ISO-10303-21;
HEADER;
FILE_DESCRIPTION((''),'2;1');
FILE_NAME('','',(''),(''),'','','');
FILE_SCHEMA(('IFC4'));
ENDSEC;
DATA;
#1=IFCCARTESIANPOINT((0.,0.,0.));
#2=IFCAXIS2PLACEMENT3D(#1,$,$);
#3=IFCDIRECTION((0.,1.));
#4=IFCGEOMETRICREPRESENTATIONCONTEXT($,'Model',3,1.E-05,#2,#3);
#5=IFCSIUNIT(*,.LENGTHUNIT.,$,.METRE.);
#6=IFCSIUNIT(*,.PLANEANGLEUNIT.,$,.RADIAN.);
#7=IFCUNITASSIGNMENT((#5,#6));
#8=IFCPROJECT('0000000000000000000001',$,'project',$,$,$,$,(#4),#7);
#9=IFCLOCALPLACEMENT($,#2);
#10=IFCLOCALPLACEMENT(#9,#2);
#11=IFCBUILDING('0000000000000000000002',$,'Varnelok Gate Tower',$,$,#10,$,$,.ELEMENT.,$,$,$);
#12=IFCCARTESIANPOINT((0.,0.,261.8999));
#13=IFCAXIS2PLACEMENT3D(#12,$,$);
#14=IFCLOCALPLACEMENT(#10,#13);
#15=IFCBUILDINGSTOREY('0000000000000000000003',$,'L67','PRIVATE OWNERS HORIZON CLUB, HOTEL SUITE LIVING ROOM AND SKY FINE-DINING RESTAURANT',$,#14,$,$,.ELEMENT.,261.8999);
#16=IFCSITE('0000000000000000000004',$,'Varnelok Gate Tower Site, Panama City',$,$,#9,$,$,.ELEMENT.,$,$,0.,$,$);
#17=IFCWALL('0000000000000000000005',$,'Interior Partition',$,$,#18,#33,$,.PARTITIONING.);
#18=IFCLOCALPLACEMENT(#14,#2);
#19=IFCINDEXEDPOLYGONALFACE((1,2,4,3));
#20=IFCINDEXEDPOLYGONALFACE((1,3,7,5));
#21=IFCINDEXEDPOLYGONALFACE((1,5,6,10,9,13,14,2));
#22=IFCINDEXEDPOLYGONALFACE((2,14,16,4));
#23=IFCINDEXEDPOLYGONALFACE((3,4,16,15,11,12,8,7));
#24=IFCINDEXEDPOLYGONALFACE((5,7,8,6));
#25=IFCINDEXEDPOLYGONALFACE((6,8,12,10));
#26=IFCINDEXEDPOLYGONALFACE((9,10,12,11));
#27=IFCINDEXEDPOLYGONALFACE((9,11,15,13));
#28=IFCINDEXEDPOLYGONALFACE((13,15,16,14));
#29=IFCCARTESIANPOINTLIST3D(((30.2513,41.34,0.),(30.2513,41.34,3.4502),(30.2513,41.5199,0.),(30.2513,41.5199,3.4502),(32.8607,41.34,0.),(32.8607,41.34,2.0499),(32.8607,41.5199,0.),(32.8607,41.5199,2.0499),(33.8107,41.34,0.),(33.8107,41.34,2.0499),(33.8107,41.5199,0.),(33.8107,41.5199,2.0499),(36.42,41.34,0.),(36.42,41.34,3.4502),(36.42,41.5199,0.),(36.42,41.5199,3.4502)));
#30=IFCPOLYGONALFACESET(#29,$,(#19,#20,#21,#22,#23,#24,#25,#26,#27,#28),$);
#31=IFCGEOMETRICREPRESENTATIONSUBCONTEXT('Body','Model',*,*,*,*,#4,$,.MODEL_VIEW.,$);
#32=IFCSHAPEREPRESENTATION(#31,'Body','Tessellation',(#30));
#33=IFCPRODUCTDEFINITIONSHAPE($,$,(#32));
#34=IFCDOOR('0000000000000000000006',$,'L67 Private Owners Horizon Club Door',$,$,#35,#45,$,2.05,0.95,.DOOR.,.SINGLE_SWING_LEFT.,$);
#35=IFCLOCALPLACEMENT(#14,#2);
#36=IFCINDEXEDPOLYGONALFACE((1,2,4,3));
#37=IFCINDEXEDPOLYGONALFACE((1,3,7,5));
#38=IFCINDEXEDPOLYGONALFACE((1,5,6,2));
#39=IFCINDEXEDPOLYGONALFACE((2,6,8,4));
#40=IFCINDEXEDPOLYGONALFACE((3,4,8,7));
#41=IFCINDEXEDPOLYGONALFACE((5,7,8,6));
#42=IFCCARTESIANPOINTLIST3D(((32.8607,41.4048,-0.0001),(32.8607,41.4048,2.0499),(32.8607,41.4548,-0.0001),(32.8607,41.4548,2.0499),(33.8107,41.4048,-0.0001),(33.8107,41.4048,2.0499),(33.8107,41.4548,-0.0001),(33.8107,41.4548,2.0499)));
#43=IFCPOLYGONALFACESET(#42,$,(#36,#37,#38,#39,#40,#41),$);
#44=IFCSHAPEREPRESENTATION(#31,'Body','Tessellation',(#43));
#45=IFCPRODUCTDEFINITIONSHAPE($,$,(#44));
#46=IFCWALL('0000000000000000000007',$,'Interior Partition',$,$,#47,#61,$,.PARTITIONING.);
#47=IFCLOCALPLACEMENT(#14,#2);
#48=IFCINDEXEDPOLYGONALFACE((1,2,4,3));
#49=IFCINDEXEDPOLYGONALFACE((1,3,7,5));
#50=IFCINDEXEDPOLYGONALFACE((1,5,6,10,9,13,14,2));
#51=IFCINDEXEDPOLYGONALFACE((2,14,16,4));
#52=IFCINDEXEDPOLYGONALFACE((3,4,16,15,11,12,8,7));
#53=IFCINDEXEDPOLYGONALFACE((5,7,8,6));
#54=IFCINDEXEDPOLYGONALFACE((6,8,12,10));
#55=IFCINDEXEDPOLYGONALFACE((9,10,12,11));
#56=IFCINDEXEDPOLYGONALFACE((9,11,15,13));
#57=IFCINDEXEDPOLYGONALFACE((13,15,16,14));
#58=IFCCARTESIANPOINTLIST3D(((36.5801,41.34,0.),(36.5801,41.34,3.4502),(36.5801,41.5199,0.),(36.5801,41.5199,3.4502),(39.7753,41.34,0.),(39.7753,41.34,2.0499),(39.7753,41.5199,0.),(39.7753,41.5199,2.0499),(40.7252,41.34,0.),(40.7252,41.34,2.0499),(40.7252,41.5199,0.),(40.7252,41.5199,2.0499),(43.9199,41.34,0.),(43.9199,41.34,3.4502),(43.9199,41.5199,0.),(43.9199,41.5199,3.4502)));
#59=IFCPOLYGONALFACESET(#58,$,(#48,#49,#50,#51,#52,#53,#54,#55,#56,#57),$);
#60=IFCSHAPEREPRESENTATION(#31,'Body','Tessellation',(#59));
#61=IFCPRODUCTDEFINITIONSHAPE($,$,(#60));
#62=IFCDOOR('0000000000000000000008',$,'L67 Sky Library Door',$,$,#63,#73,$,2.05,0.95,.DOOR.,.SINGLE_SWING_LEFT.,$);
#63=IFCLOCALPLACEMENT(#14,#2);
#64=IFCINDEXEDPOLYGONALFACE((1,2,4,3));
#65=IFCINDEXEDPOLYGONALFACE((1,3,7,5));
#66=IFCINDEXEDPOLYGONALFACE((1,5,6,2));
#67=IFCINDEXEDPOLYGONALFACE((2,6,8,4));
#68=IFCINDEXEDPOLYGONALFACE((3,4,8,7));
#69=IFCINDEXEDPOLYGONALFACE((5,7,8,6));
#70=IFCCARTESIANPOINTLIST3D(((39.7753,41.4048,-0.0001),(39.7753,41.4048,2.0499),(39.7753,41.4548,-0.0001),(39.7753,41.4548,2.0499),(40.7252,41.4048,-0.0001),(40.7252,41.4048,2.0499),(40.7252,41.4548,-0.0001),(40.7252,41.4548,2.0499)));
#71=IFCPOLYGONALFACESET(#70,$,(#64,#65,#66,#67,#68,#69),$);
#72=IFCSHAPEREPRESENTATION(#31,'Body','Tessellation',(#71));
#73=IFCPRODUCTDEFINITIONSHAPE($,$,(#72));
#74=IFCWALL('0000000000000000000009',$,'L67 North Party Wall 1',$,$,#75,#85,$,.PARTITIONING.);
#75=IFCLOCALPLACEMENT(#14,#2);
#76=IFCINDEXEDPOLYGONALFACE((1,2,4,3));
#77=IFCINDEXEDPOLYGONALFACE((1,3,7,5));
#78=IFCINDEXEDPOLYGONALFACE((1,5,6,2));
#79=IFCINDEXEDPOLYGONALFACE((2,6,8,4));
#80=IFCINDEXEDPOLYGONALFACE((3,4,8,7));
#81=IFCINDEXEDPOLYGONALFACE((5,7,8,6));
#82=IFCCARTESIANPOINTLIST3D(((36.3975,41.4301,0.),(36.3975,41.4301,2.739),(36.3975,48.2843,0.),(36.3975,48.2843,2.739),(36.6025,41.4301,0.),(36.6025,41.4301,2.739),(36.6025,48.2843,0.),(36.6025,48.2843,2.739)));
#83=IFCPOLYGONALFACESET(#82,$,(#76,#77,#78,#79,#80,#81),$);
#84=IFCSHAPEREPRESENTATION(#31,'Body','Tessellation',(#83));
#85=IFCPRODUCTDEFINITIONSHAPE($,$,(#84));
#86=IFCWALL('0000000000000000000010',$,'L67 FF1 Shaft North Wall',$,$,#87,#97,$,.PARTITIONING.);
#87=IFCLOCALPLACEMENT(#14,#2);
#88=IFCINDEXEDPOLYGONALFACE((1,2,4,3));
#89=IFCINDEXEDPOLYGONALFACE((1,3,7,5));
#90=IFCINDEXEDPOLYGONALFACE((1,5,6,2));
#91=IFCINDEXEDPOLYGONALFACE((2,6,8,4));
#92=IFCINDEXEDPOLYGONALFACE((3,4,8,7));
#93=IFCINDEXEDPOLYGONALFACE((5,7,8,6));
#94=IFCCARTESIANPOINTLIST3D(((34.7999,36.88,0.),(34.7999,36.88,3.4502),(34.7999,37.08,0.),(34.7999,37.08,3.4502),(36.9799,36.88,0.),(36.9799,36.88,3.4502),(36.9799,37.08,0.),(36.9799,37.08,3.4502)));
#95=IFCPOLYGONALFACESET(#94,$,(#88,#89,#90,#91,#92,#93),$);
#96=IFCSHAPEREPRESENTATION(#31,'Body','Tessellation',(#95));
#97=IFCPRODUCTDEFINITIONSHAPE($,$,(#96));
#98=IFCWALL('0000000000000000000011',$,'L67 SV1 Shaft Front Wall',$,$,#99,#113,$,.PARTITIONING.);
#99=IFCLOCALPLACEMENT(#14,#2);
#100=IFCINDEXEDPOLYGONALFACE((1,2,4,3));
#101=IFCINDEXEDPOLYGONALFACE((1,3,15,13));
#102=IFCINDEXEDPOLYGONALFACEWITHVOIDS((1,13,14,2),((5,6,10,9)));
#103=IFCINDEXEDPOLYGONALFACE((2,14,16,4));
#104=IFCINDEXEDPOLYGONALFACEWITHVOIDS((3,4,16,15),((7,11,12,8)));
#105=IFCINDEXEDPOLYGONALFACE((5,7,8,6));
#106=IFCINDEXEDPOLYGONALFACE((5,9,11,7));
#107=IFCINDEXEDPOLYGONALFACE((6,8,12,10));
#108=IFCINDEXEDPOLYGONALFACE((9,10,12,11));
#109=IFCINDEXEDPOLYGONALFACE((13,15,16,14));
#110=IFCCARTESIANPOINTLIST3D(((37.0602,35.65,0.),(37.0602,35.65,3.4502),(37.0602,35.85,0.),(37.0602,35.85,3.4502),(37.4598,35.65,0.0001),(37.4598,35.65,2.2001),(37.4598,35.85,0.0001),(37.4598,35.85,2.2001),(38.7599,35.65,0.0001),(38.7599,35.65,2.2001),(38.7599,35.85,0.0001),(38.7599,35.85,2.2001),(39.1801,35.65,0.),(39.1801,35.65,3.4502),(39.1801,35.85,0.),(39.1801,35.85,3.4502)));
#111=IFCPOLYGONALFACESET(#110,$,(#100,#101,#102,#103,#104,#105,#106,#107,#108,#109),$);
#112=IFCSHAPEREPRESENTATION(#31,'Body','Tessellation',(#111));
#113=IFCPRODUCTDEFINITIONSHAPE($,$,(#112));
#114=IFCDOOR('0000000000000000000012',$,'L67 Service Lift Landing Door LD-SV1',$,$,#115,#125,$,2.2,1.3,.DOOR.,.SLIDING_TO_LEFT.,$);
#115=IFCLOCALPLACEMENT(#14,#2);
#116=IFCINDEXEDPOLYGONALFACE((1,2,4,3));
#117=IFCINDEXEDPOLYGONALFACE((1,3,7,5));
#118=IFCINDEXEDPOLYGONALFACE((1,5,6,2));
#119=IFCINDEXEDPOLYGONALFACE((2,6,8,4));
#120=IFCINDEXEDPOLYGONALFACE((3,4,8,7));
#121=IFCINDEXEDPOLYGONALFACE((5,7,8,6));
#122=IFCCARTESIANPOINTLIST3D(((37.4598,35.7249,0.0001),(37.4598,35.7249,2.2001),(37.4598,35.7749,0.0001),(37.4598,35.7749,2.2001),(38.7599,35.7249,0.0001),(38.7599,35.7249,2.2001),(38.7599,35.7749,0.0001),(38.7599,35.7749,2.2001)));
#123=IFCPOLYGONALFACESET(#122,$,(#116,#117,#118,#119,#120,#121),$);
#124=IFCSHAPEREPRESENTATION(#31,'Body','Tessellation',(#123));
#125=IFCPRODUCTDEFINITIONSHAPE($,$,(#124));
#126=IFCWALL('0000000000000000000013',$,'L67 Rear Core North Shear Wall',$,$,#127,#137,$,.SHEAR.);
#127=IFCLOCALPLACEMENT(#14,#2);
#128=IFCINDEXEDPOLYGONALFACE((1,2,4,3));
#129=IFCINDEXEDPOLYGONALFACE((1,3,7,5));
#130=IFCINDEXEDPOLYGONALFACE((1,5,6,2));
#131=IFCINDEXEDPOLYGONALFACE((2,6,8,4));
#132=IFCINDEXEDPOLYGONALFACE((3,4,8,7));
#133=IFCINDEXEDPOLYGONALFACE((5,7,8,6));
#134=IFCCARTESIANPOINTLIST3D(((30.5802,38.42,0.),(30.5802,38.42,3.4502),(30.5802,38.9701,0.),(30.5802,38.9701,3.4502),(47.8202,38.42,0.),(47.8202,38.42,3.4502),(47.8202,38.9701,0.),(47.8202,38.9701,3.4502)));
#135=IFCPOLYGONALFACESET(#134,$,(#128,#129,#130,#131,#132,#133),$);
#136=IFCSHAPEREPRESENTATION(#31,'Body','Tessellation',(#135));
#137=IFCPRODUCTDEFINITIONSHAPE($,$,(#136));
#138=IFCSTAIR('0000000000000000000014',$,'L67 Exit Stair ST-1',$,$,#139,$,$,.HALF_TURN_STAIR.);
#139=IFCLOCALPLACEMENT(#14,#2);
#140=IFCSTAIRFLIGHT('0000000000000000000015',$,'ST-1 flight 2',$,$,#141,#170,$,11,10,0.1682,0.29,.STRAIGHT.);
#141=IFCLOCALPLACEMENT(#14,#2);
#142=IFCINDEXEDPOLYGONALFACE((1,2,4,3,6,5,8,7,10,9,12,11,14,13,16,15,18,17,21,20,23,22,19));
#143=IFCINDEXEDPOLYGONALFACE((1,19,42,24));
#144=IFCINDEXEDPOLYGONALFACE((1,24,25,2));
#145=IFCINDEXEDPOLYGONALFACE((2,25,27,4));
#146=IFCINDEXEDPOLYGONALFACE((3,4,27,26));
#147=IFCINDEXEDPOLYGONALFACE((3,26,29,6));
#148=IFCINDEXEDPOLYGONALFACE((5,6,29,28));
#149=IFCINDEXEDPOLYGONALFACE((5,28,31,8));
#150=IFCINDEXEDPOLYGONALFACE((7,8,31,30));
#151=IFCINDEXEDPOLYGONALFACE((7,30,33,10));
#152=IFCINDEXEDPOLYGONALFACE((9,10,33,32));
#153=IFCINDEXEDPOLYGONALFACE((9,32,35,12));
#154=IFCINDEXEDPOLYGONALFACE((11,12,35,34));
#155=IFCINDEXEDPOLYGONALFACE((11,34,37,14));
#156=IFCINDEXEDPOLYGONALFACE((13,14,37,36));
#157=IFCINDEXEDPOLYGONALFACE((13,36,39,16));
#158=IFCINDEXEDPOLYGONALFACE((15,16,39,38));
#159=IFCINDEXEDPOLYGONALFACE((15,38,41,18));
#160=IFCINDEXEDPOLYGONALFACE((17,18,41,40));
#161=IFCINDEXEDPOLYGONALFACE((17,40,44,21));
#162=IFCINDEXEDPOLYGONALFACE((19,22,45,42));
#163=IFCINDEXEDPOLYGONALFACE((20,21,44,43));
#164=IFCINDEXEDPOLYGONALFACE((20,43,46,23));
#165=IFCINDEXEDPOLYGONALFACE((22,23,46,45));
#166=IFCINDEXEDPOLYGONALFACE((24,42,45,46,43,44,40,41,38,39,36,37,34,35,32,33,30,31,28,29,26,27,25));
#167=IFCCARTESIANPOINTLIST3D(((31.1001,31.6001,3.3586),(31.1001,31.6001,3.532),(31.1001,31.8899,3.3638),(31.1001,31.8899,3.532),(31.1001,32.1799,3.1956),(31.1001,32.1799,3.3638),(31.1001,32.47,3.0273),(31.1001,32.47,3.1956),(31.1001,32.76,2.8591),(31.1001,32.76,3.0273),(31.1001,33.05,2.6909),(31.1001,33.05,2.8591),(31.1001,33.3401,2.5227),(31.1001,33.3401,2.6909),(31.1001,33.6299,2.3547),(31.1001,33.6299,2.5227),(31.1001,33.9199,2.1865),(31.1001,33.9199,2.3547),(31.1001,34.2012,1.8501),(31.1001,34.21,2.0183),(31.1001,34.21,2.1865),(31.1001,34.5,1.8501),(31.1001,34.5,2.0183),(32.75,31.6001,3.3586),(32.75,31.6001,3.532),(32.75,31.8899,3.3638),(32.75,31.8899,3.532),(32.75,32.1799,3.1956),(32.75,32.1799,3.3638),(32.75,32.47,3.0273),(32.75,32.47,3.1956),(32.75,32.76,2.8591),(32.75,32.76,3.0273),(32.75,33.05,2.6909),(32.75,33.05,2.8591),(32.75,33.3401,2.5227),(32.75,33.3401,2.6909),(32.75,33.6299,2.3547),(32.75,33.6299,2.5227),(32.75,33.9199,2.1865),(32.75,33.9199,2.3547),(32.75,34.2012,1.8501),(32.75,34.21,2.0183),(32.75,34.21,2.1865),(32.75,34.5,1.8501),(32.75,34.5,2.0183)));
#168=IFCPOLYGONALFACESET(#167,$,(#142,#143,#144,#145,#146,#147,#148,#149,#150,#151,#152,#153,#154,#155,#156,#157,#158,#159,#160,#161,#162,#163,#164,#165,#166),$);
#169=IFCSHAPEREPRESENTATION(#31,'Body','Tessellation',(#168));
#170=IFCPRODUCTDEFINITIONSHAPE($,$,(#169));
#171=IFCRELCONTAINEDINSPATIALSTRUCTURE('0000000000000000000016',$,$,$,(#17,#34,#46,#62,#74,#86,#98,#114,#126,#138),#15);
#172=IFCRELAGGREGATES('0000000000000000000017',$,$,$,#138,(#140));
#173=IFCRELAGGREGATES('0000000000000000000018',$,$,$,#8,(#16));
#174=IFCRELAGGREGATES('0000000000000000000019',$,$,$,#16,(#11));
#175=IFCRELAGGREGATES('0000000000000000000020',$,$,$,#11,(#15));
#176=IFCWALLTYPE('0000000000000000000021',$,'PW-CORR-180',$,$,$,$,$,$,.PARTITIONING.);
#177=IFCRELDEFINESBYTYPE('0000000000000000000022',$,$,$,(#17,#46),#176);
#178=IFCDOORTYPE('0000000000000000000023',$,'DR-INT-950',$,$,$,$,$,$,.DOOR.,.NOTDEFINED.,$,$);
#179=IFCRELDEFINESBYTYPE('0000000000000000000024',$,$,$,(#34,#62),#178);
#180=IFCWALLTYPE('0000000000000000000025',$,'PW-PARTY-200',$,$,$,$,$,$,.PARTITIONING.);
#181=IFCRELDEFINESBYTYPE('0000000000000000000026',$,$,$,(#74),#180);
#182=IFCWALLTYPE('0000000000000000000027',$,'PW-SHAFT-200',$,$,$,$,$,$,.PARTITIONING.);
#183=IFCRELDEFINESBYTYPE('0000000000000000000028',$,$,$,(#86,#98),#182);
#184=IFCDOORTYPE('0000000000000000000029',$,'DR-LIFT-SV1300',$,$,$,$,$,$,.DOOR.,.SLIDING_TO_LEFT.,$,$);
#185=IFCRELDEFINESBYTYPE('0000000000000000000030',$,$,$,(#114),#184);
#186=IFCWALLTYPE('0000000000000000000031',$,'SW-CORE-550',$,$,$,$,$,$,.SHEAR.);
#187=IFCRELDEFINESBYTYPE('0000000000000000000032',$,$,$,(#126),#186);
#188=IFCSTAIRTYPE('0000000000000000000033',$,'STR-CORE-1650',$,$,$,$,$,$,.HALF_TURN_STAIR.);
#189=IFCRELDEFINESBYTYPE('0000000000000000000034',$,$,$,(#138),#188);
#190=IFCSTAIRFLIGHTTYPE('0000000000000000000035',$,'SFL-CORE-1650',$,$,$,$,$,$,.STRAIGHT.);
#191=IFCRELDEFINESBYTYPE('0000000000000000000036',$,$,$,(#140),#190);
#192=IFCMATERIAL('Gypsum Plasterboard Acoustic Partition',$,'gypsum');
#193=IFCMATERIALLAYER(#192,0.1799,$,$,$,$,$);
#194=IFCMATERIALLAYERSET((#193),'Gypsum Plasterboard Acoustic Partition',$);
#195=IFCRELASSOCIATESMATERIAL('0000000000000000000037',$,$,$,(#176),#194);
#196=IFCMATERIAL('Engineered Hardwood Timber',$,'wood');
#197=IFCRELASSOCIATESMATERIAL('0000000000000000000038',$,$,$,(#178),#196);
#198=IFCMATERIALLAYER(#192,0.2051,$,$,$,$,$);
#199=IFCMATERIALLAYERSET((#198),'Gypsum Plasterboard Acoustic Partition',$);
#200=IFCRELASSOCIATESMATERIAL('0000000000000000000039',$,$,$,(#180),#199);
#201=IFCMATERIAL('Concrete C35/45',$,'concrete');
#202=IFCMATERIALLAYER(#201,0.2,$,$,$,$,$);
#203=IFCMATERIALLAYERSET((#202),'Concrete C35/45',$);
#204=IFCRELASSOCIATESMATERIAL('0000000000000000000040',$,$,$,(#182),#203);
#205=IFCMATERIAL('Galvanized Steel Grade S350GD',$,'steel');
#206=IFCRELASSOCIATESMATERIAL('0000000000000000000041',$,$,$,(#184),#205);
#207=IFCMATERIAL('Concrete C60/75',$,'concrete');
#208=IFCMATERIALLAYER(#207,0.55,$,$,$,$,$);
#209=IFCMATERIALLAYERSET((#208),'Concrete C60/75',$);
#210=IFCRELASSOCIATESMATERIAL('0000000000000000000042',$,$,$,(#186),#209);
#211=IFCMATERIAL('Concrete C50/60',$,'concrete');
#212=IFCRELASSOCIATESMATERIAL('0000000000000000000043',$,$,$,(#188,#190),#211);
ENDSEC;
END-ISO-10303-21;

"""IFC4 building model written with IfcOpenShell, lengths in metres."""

from ifc_helpers import new_model, si_unit, direction, frame, frame_2d, origin, place, context, subcontext, project, spatial, polyline, rectangle, outline, extrude, material, layer, layer_set, type_object, element, fill, aggregate, save


model = new_model("IFC4")

# Units and contexts
model_context = context("Model", 3, precision=1e-05, world=origin(), true_north=direction((0.0, 1.0)))
body_context = subcontext(model_context, "Body", "Model", "MODEL_VIEW")
ifc_project = project(units=[si_unit("LENGTHUNIT", "METRE"), si_unit("PLANEANGLEUNIT", "RADIAN")], contexts=[model_context])

# Site, building, storey
site_placement = place(None, origin())
site = spatial("IfcSite", under=ifc_project, at=site_placement, Name="Varnelok Gate Tower Site, Panama City", CompositionType="ELEMENT", RefElevation=0.0)
building_placement = place(site_placement, origin())
building = spatial("IfcBuilding", under=site, at=building_placement, Name="Varnelok Gate Tower", CompositionType="ELEMENT")
storey_placement = place(building_placement, frame((0.0, 0.0, 261.8999)))
storey = spatial("IfcBuildingStorey", under=building, at=storey_placement, Name="L67", Description="PRIVATE OWNERS HORIZON CLUB, HOTEL SUITE LIVING ROOM AND SKY FINE-DINING RESTAURANT", CompositionType="ELEMENT", Elevation=261.8999)

# Shared definitions
ifc_material_1 = material(Name="Concrete C50/60", Category="concrete")

# Walls, openings, doors
ifc_material_2 = material(Name="Gypsum Plasterboard Acoustic Partition", Category="gypsum")
ifc_layer_1 = layer(ifc_material_2, 0.1799)
ifc_layer_set_1 = layer_set([ifc_layer_1], Name="Gypsum Plasterboard Acoustic Partition")
wall_type_1 = type_object("IfcWallType", Name="PW-CORR-180", PredefinedType="PARTITIONING", material=ifc_layer_set_1)
wall_1_placement = place(storey_placement, frame((30.2512, 41.4299, 0.0), z_axis=(0.0, 0.0, 1.0), x_axis=(1.0, 0.0, 0.0)))
wall_1 = element("IfcWall", 1, at=wall_1_placement, inside=storey, type_object=wall_type_1, Name="Interior Partition", PredefinedType="PARTITIONING", context=body_context, shape_type="SweptSolid", body=[
    extrude(rectangle(XDim=6.1687, YDim=0.1799, at=frame_2d((3.0845, 0.0))), origin(), (0.0, 0.0, 1.0), 3.4502),
])
opening_1_placement = place(wall_1_placement, frame((2.6094, 0.0, 0.0)))
opening_1 = element("IfcOpeningElement", 2, at=opening_1_placement, cuts=wall_1, PredefinedType="OPENING", context=body_context, shape_type="SweptSolid", body=[
    extrude(rectangle(XDim=0.95, YDim=2.05, at=frame_2d((0.4751, 1.0249))), frame((0.0, 0.0999, 0.0), z_axis=(0.0, -1.0, 0.0), x_axis=(1.0, 0.0, 0.0)), (0.0, 0.0, 1.0), 0.2),
])
ifc_material_3 = material(Name="Engineered Hardwood Timber", Category="wood")
door_type_1 = type_object("IfcDoorType", Name="DR-INT-950", OperationType="NOTDEFINED", PredefinedType="DOOR", material=ifc_material_3)
door_1_placement = place(opening_1_placement, origin())
door_1 = element("IfcDoor", 3, at=door_1_placement, inside=storey, type_object=door_type_1, Name="L67 Private Owners Horizon Club Door", OperationType="SINGLE_SWING_LEFT", OverallHeight=2.05, OverallWidth=0.95, PredefinedType="DOOR", context=body_context, shape_type="SweptSolid", body=[
    extrude(rectangle(XDim=0.95, YDim=2.05, at=frame_2d((0.4751, 1.0249))), frame((0.0, 0.0249, 0.0), z_axis=(0.0, -1.0, 0.0), x_axis=(1.0, 0.0, 0.0)), (0.0, 0.0, 1.0), 0.05),
])
fill(opening_1, door_1)
wall_2_placement = place(storey_placement, frame((36.5801, 41.4299, 0.0), z_axis=(0.0, 0.0, 1.0), x_axis=(1.0, 0.0, 0.0)))
wall_2 = element("IfcWall", 4, at=wall_2_placement, inside=storey, type_object=wall_type_1, Name="Interior Partition", PredefinedType="PARTITIONING", context=body_context, shape_type="SweptSolid", body=[
    extrude(rectangle(XDim=7.3398, YDim=0.1799, at=frame_2d((3.6699, 0.0))), origin(), (0.0, 0.0, 1.0), 3.4502),
])
opening_2_placement = place(wall_2_placement, frame((3.1951, 0.0, 0.0)))
opening_2 = element("IfcOpeningElement", 5, at=opening_2_placement, cuts=wall_2, PredefinedType="OPENING", context=body_context, shape_type="SweptSolid", body=[
    extrude(rectangle(XDim=0.95, YDim=2.05, at=frame_2d((0.4751, 1.0249))), frame((0.0, 0.0999, 0.0), z_axis=(0.0, -1.0, 0.0), x_axis=(1.0, 0.0, 0.0)), (0.0, 0.0, 1.0), 0.2),
])
door_2_placement = place(opening_2_placement, origin())
door_2 = element("IfcDoor", 6, at=door_2_placement, inside=storey, type_object=door_type_1, Name="L67 Sky Library Door", OperationType="SINGLE_SWING_LEFT", OverallHeight=2.05, OverallWidth=0.95, PredefinedType="DOOR", context=body_context, shape_type="SweptSolid", body=[
    extrude(rectangle(XDim=0.95, YDim=2.05, at=frame_2d((0.4751, 1.0249))), frame((0.0, 0.0249, 0.0), z_axis=(0.0, -1.0, 0.0), x_axis=(1.0, 0.0, 0.0)), (0.0, 0.0, 1.0), 0.05),
])
fill(opening_2, door_2)

# Walls
ifc_layer_2 = layer(ifc_material_2, 0.2051)
ifc_layer_set_2 = layer_set([ifc_layer_2], Name="Gypsum Plasterboard Acoustic Partition")
wall_type_2 = type_object("IfcWallType", Name="PW-PARTY-200", PredefinedType="PARTITIONING", material=ifc_layer_set_2)
wall_3_placement = place(storey_placement, frame((36.5, 41.4299, 0.0), z_axis=(0.0, 0.0, 1.0), x_axis=(0.0, 1.0, 0.0)))
element("IfcWall", 7, at=wall_3_placement, inside=storey, type_object=wall_type_2, Name="L67 North Party Wall 1", PredefinedType="PARTITIONING", context=body_context, shape_type="SweptSolid", body=[
    extrude(rectangle(XDim=6.8542, YDim=0.2051, at=frame_2d((3.4272, 0.0))), origin(), (0.0, 0.0, 1.0), 2.739),
])
ifc_material_4 = material(Name="Concrete C35/45", Category="concrete")
ifc_layer_3 = layer(ifc_material_4, 0.2)
ifc_layer_set_3 = layer_set([ifc_layer_3], Name="Concrete C35/45")
wall_type_3 = type_object("IfcWallType", Name="PW-SHAFT-200", PredefinedType="PARTITIONING", material=ifc_layer_set_3)
wall_4_placement = place(storey_placement, frame((34.8, 36.98, 0.0), z_axis=(0.0, 0.0, 1.0), x_axis=(1.0, 0.0, 0.0)))
element("IfcWall", 8, at=wall_4_placement, inside=storey, type_object=wall_type_3, Name="L67 FF1 Shaft North Wall", PredefinedType="PARTITIONING", context=body_context, shape_type="SweptSolid", body=[
    extrude(rectangle(XDim=2.1799, YDim=0.2, at=frame_2d((1.0898, 0.0))), origin(), (0.0, 0.0, 1.0), 3.4502),
])

# Wall, opening, door
wall_5_placement = place(storey_placement, frame((37.0601, 35.75, 0.0), z_axis=(0.0, 0.0, 1.0), x_axis=(1.0, 0.0, 0.0)))
wall_5 = element("IfcWall", 9, at=wall_5_placement, inside=storey, type_object=wall_type_3, Name="L67 SV1 Shaft Front Wall", PredefinedType="PARTITIONING", context=body_context, shape_type="SweptSolid", body=[
    extrude(rectangle(XDim=2.1199, YDim=0.2, at=frame_2d((1.0601, 0.0))), origin(), (0.0, 0.0, 1.0), 3.4502),
])
opening_3_placement = place(wall_5_placement, frame((0.3999, 0.0, 0.0)))
opening_3 = element("IfcOpeningElement", 10, at=opening_3_placement, cuts=wall_5, PredefinedType="OPENING", context=body_context, shape_type="SweptSolid", body=[
    extrude(rectangle(XDim=1.3, YDim=2.2, at=frame_2d((0.6499, 1.1001))), frame((0.0, 0.1099, 0.0), z_axis=(0.0, -1.0, 0.0), x_axis=(1.0, 0.0, 0.0)), (0.0, 0.0, 1.0), 0.22),
])
ifc_material_5 = material(Name="Galvanized Steel Grade S350GD", Category="steel")
door_type_2 = type_object("IfcDoorType", Name="DR-LIFT-SV1300", OperationType="SLIDING_TO_LEFT", PredefinedType="DOOR", material=ifc_material_5)
door_3_placement = place(opening_3_placement, origin())
door_3 = element("IfcDoor", 11, at=door_3_placement, inside=storey, type_object=door_type_2, Name="L67 Service Lift Landing Door LD-SV1", OperationType="SLIDING_TO_LEFT", OverallHeight=2.2, OverallWidth=1.3, PredefinedType="DOOR", context=body_context, shape_type="SweptSolid", body=[
    extrude(rectangle(XDim=1.3, YDim=2.2, at=frame_2d((0.6499, 1.1001))), frame((0.0, 0.0249, 0.0), z_axis=(0.0, -1.0, 0.0), x_axis=(1.0, 0.0, 0.0)), (0.0, 0.0, 1.0), 0.05),
])
fill(opening_3, door_3)

# Wall
ifc_material_6 = material(Name="Concrete C60/75", Category="concrete")
ifc_layer_4 = layer(ifc_material_6, 0.55)
ifc_layer_set_4 = layer_set([ifc_layer_4], Name="Concrete C60/75")
wall_type_4 = type_object("IfcWallType", Name="SW-CORE-550", PredefinedType="SHEAR", material=ifc_layer_set_4)
wall_6_placement = place(storey_placement, frame((30.5801, 38.6951, 0.0), z_axis=(0.0, 0.0, 1.0), x_axis=(1.0, 0.0, 0.0)))
element("IfcWall", 12, at=wall_6_placement, inside=storey, type_object=wall_type_4, Name="L67 Rear Core North Shear Wall", PredefinedType="SHEAR", context=body_context, shape_type="SweptSolid", body=[
    extrude(rectangle(XDim=17.24, YDim=0.55, at=frame_2d((8.6201, 0.0))), origin(), (0.0, 0.0, 1.0), 3.4502),
])

# Stair, stair flight
stair_type = type_object("IfcStairType", Name="STR-CORE-1650", PredefinedType="HALF_TURN_STAIR", material=ifc_material_1)
stair_placement = place(storey_placement, origin())
stair = element("IfcStair", 13, at=stair_placement, inside=storey, type_object=stair_type, Name="L67 Exit Stair ST-1", PredefinedType="HALF_TURN_STAIR")
stair_flight_type = type_object("IfcStairFlightType", Name="SFL-CORE-1650", PredefinedType="STRAIGHT", material=ifc_material_1)
stair_flight_placement = place(storey_placement, frame((31.925, 34.5, 1.8501), z_axis=(0.0, 0.0, 1.0), x_axis=(0.0, -1.0, 0.0)))
stair_flight = element("IfcStairFlight", 14, at=stair_flight_placement, type_object=stair_flight_type, Name="ST-1 flight 2", NumberOfRisers=11, NumberOfTreads=10, PredefinedType="STRAIGHT", RiserHeight=0.1682, TreadLength=0.29, context=body_context, shape_type="SweptSolid", body=[
    extrude(outline(polyline([(0.0, 0.0), (0.0, 0.1682), (0.29, 0.1682), (0.29, 0.3364), (0.5801, 0.3364), (0.5801, 0.5046), (0.8701, 0.5046), (0.8701, 0.6726), (1.1599, 0.6726), (1.1599, 0.8408), (1.45, 0.8408), (1.45, 1.009), (1.74, 1.009), (1.74, 1.1772), (2.03, 1.1772), (2.03, 1.3455), (2.3201, 1.3455), (2.3201, 1.5137), (2.6101, 1.5137), (2.6101, 1.6819), (2.8999, 1.6819), (2.8999, 1.8501), (2.8999, 1.5085), (0.2988, 0.0), (0.0, 0.0)])), frame((0.0, 0.825, 0.0), z_axis=(0.0, -1.0, 0.0), x_axis=(1.0, 0.0, 0.0)), (0.0, 0.0, 1.0), 1.6499),
])
aggregate(stair, [stair_flight])

save(model, "model.ifc")
